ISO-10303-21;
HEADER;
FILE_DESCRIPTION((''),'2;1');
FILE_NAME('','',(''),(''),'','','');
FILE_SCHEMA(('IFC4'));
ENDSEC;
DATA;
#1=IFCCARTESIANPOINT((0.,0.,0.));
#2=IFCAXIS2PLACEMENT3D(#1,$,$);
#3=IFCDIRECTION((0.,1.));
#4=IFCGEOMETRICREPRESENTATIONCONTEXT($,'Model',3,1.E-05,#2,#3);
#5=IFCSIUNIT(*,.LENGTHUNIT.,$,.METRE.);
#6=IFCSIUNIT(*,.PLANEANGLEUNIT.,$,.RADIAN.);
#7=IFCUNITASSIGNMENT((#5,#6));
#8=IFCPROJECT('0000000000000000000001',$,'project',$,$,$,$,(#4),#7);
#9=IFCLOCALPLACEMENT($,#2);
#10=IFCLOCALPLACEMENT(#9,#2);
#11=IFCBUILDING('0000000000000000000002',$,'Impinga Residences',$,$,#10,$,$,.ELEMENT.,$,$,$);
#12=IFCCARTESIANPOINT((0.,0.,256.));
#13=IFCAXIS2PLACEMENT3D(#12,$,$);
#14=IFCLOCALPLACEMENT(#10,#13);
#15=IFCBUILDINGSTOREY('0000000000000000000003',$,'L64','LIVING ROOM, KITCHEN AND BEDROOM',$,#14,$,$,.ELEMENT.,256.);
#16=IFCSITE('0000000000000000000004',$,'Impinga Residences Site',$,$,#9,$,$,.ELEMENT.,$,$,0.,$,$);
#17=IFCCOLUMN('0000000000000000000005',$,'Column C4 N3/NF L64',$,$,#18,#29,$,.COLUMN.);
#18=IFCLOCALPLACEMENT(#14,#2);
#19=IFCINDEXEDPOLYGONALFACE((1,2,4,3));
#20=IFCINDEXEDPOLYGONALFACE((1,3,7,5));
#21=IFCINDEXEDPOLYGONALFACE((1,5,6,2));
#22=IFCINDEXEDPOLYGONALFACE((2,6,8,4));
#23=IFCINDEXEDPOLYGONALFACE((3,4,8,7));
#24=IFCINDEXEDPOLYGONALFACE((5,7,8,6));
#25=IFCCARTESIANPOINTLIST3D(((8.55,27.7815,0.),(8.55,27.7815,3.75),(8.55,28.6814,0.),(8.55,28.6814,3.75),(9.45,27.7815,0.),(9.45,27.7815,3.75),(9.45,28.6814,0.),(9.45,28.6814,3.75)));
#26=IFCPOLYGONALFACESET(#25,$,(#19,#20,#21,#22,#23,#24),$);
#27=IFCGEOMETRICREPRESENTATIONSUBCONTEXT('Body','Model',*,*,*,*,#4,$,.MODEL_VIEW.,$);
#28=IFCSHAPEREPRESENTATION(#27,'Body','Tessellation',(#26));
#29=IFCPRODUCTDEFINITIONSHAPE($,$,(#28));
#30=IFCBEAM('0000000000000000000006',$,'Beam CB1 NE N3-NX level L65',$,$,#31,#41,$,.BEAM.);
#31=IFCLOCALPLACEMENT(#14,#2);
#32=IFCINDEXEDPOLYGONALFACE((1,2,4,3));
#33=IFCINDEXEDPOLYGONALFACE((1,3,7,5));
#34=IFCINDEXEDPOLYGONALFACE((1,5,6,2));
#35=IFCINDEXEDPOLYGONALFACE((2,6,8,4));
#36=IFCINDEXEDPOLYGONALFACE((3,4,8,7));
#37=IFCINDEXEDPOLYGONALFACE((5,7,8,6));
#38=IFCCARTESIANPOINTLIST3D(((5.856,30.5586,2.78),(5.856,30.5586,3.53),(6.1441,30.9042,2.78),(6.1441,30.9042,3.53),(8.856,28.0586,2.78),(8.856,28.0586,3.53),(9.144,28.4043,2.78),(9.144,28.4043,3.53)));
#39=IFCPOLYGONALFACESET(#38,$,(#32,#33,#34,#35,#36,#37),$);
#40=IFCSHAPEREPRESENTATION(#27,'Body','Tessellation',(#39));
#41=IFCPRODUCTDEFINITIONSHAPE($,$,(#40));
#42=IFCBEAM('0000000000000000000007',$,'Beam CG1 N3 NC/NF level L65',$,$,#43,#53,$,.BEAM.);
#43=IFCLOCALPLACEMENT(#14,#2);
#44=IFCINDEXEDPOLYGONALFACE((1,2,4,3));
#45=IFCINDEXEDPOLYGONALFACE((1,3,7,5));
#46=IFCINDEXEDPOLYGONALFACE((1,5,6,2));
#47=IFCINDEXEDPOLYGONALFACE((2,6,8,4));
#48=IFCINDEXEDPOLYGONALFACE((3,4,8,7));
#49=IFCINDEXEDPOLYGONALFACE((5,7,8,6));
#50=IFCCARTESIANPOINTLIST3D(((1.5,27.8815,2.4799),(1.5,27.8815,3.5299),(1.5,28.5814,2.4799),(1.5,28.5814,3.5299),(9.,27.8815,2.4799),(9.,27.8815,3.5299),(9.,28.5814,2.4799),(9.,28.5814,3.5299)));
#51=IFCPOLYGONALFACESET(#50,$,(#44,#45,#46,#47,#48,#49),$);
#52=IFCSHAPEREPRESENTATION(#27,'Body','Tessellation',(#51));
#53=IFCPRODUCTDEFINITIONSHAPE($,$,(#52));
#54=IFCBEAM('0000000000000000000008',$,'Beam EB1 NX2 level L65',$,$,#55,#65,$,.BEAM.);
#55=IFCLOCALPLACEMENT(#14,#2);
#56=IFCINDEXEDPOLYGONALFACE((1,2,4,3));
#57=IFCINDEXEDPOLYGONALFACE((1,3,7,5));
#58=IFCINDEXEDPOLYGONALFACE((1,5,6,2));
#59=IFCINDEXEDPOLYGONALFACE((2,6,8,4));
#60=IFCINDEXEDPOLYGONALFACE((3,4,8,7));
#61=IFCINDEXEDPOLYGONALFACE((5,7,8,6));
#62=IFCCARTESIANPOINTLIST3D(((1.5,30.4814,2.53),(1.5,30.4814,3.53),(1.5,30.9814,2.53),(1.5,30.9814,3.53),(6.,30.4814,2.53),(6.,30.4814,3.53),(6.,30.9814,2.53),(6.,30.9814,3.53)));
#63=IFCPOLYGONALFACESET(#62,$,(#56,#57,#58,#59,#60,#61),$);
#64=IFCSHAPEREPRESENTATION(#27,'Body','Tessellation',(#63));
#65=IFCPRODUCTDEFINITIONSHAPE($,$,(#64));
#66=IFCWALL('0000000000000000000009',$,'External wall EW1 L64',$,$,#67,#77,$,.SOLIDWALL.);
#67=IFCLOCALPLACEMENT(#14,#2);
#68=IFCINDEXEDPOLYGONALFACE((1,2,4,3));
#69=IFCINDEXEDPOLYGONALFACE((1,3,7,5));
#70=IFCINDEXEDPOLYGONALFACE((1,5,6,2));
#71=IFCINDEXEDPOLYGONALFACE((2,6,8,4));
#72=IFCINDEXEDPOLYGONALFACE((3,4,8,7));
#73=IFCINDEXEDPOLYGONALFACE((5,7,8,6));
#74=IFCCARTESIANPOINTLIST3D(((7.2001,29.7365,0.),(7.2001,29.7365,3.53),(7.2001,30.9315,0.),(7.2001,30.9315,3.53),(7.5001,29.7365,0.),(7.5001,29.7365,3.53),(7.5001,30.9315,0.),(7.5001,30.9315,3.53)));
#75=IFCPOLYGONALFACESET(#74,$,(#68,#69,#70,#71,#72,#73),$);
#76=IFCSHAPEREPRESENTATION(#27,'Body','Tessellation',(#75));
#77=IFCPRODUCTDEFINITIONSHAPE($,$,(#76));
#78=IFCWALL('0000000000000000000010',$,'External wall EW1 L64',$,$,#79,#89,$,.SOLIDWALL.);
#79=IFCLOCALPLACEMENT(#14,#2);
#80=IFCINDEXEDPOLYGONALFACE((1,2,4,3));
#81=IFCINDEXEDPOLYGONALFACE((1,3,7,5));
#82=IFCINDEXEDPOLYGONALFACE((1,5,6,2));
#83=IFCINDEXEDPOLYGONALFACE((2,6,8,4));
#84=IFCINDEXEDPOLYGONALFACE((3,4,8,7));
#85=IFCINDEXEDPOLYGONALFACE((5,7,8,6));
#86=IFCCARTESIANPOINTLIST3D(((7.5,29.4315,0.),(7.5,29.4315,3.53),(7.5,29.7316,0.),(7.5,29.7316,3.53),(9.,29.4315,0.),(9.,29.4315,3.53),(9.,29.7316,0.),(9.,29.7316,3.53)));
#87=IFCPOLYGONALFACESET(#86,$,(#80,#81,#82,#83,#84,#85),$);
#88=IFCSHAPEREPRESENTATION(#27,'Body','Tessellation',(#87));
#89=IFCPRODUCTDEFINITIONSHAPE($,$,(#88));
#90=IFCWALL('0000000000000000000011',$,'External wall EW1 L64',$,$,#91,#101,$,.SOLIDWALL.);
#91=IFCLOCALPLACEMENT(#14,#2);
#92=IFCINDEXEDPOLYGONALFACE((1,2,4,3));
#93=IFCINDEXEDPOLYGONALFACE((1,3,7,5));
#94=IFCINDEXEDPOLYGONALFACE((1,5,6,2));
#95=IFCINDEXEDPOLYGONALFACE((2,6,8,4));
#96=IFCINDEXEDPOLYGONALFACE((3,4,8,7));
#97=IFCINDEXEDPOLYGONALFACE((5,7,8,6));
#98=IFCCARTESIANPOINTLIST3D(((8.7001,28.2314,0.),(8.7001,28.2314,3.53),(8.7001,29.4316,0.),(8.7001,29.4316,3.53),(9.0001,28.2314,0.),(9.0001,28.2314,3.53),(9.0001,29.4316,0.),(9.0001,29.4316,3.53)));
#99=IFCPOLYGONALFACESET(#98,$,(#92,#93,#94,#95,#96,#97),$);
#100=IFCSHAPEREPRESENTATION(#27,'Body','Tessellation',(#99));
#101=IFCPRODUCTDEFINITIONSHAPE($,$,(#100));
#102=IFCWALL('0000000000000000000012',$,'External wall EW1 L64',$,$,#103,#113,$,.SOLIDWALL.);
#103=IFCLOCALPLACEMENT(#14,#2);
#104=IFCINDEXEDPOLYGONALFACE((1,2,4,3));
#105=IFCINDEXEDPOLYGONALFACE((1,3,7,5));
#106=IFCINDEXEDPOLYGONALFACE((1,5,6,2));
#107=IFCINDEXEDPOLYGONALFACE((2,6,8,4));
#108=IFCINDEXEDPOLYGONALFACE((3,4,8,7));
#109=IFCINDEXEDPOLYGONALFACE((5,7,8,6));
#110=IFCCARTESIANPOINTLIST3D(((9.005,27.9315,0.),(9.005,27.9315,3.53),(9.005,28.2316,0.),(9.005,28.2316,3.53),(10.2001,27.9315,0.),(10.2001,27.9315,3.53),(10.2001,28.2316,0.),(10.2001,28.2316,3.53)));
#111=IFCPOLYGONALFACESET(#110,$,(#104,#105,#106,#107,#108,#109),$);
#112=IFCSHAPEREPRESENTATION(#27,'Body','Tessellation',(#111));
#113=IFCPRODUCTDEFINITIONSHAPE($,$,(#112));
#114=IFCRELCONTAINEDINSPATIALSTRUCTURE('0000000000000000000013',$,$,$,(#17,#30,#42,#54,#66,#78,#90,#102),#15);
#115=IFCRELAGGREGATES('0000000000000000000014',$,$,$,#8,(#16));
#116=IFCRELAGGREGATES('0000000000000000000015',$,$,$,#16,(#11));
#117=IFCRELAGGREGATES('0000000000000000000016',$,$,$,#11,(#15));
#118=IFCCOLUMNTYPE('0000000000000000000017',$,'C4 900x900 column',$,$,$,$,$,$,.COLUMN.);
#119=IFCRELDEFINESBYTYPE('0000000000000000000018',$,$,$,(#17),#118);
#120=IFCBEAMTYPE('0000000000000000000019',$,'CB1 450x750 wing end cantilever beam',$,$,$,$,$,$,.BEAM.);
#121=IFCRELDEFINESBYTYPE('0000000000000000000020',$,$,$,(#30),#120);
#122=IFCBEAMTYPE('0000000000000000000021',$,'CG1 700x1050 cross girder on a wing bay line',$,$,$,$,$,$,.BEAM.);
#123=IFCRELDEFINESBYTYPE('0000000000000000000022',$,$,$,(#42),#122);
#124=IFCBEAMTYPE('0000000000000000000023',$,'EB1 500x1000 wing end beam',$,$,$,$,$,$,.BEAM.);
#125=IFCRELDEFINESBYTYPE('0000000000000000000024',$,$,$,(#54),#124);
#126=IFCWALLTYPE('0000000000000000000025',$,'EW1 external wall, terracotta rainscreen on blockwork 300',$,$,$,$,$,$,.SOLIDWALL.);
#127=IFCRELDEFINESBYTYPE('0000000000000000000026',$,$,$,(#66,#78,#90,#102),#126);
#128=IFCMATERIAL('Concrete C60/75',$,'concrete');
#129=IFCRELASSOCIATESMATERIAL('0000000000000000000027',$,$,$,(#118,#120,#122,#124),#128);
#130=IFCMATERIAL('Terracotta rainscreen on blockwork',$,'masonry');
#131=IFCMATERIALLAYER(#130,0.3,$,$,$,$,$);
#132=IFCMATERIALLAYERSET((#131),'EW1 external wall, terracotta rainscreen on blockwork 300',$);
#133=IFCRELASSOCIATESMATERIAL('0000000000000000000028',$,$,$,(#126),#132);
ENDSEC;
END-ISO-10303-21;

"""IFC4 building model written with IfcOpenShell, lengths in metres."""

from ifc_helpers import new_model, si_unit, direction, frame, frame_2d, origin, origin_2d, place, context, subcontext, project, spatial, rectangle, extrude, material, layer, layer_set, material_profile, profile_set, type_object, element, save


model = new_model("IFC4")

# Units and contexts
model_context = context("Model", 3, precision=1e-05, world=origin(), true_north=direction((0.0, 1.0)))
body_context = subcontext(model_context, "Body", "Model", "MODEL_VIEW")
ifc_project = project(units=[si_unit("LENGTHUNIT", "METRE"), si_unit("PLANEANGLEUNIT", "RADIAN")], contexts=[model_context])

# Site, building, storey
site_placement = place(None, origin())
site = spatial("IfcSite", under=ifc_project, at=site_placement, Name="Impinga Residences Site", CompositionType="ELEMENT", RefElevation=0.0)
building_placement = place(site_placement, origin())
building = spatial("IfcBuilding", under=site, at=building_placement, Name="Impinga Residences", CompositionType="ELEMENT")
storey_placement = place(building_placement, frame((0.0, 0.0, 256.0)))
storey = spatial("IfcBuildingStorey", under=building, at=storey_placement, Name="L64", Description="LIVING ROOM, KITCHEN AND BEDROOM", CompositionType="ELEMENT", Elevation=256.0)

# Column
ifc_material_1 = material(Name="Concrete C60/75", Category="concrete")
ifc_material_profile_1 = material_profile(ifc_material_1, rectangle(XDim=0.8999, YDim=0.8999, at=origin_2d()), Name="RC 900x900")
ifc_profile_set_1 = profile_set([ifc_material_profile_1], Name="Concrete C60/75")
column_type = type_object("IfcColumnType", Name="C4 900x900 column", PredefinedType="COLUMN", material=ifc_profile_set_1)
column_placement = place(storey_placement, frame((9.0, 28.2314, 0.0), z_axis=(0.0, 0.0, 1.0), x_axis=(1.0, 0.0, 0.0)))
element("IfcColumn", 1, at=column_placement, inside=storey, type_object=column_type, Name="Column C4 N3/NF L64", PredefinedType="COLUMN", context=body_context, shape_type="SweptSolid", body=[
    extrude(rectangle(XDim=0.8999, YDim=0.8999, at=origin_2d()), origin(), (0.0, 0.0, 1.0), 3.75),
])

# Beams
ifc_material_profile_2 = material_profile(ifc_material_1, rectangle(XDim=0.45, YDim=0.75, at=origin_2d()), Name="RC 450x750")
ifc_profile_set_2 = profile_set([ifc_material_profile_2], Name="Concrete C60/75")
beam_type_1 = type_object("IfcBeamType", Name="CB1 450x750 wing end cantilever beam", PredefinedType="BEAM", material=ifc_profile_set_2)
beam_1_placement = place(storey_placement, frame((9.0, 28.2314, 3.155), z_axis=(-0.768221, 0.640184, 0.0), x_axis=(-0.640184, -0.768221, 0.0)))
element("IfcBeam", 2, at=beam_1_placement, inside=storey, type_object=beam_type_1, Name="Beam CB1 NE N3-NX level L65", PredefinedType="BEAM", context=body_context, shape_type="SweptSolid", body=[
    extrude(rectangle(XDim=0.45, YDim=0.75, at=origin_2d()), origin(), (0.0, 0.0, 1.0), 3.905),
])
ifc_material_profile_3 = material_profile(ifc_material_1, rectangle(XDim=0.7, YDim=1.05, at=origin_2d()), Name="RC 700x1050")
ifc_profile_set_3 = profile_set([ifc_material_profile_3], Name="Concrete C60/75")
beam_type_2 = type_object("IfcBeamType", Name="CG1 700x1050 cross girder on a wing bay line", PredefinedType="BEAM", material=ifc_profile_set_3)
beam_2_placement = place(storey_placement, frame((1.5, 28.2314, 3.0049), z_axis=(1.0, 0.0, 0.0), x_axis=(0.0, 1.0, 0.0)))
element("IfcBeam", 3, at=beam_2_placement, inside=storey, type_object=beam_type_2, Name="Beam CG1 N3 NC/NF level L65", PredefinedType="BEAM", context=body_context, shape_type="SweptSolid", body=[
    extrude(rectangle(XDim=0.7, YDim=1.05, at=origin_2d()), origin(), (0.0, 0.0, 1.0), 7.5),
])
ifc_material_profile_4 = material_profile(ifc_material_1, rectangle(XDim=0.5, YDim=1.0, at=origin_2d()), Name="RC 500x1000")
ifc_profile_set_4 = profile_set([ifc_material_profile_4], Name="Concrete C60/75")
beam_type_3 = type_object("IfcBeamType", Name="EB1 500x1000 wing end beam", PredefinedType="BEAM", material=ifc_profile_set_4)
beam_3_placement = place(storey_placement, frame((1.5, 30.7314, 3.03), z_axis=(1.0, 0.0, 0.0), x_axis=(0.0, 1.0, 0.0)))
element("IfcBeam", 4, at=beam_3_placement, inside=storey, type_object=beam_type_3, Name="Beam EB1 NX2 level L65", PredefinedType="BEAM", context=body_context, shape_type="SweptSolid", body=[
    extrude(rectangle(XDim=0.5, YDim=1.0, at=origin_2d()), origin(), (0.0, 0.0, 1.0), 4.5),
])

# Walls
ifc_material_2 = material(Name="Terracotta rainscreen on blockwork", Category="masonry")
ifc_layer_1 = layer(ifc_material_2, 0.3)
ifc_layer_set_1 = layer_set([ifc_layer_1], Name="EW1 external wall, terracotta rainscreen on blockwork 300")
wall_type_1 = type_object("IfcWallType", Name="EW1 external wall, terracotta rainscreen on blockwork 300", PredefinedType="SOLIDWALL", material=ifc_layer_set_1)
wall_1_placement = place(storey_placement, frame((7.3501, 30.9316, 0.0), z_axis=(0.0, 0.0, 1.0), x_axis=(0.0, -1.0, 0.0)))
element("IfcWall", 5, at=wall_1_placement, inside=storey, type_object=wall_type_1, Name="External wall EW1 L64", PredefinedType="SOLIDWALL", context=body_context, shape_type="SweptSolid", body=[
    extrude(rectangle(XDim=1.1951, YDim=0.3, at=frame_2d((0.5977, 0.0))), origin(), (0.0, 0.0, 1.0), 3.53),
])
wall_2_placement = place(storey_placement, frame((7.5, 29.5815, 0.0), z_axis=(0.0, 0.0, 1.0), x_axis=(1.0, 0.0, 0.0)))
element("IfcWall", 6, at=wall_2_placement, inside=storey, type_object=wall_type_1, Name="External wall EW1 L64", PredefinedType="SOLIDWALL", context=body_context, shape_type="SweptSolid", body=[
    extrude(rectangle(XDim=1.5, YDim=0.3, at=frame_2d((0.75, 0.0))), origin(), (0.0, 0.0, 1.0), 3.53),
])
wall_3_placement = place(storey_placement, frame((8.8501, 29.4316, 0.0), z_axis=(0.0, 0.0, 1.0), x_axis=(0.0, -1.0, 0.0)))
element("IfcWall", 7, at=wall_3_placement, inside=storey, type_object=wall_type_1, Name="External wall EW1 L64", PredefinedType="SOLIDWALL", context=body_context, shape_type="SweptSolid", body=[
    extrude(rectangle(XDim=1.2002, YDim=0.3, at=frame_2d((0.6001, 0.0))), origin(), (0.0, 0.0, 1.0), 3.53),
])
wall_4_placement = place(storey_placement, frame((9.0049, 28.0815, 0.0), z_axis=(0.0, 0.0, 1.0), x_axis=(1.0, 0.0, 0.0)))
element("IfcWall", 8, at=wall_4_placement, inside=storey, type_object=wall_type_1, Name="External wall EW1 L64", PredefinedType="SOLIDWALL", context=body_context, shape_type="SweptSolid", body=[
    extrude(rectangle(XDim=1.1951, YDim=0.3, at=frame_2d((0.5977, 0.0))), origin(), (0.0, 0.0, 1.0), 3.53),
])

save(model, "model.ifc")
